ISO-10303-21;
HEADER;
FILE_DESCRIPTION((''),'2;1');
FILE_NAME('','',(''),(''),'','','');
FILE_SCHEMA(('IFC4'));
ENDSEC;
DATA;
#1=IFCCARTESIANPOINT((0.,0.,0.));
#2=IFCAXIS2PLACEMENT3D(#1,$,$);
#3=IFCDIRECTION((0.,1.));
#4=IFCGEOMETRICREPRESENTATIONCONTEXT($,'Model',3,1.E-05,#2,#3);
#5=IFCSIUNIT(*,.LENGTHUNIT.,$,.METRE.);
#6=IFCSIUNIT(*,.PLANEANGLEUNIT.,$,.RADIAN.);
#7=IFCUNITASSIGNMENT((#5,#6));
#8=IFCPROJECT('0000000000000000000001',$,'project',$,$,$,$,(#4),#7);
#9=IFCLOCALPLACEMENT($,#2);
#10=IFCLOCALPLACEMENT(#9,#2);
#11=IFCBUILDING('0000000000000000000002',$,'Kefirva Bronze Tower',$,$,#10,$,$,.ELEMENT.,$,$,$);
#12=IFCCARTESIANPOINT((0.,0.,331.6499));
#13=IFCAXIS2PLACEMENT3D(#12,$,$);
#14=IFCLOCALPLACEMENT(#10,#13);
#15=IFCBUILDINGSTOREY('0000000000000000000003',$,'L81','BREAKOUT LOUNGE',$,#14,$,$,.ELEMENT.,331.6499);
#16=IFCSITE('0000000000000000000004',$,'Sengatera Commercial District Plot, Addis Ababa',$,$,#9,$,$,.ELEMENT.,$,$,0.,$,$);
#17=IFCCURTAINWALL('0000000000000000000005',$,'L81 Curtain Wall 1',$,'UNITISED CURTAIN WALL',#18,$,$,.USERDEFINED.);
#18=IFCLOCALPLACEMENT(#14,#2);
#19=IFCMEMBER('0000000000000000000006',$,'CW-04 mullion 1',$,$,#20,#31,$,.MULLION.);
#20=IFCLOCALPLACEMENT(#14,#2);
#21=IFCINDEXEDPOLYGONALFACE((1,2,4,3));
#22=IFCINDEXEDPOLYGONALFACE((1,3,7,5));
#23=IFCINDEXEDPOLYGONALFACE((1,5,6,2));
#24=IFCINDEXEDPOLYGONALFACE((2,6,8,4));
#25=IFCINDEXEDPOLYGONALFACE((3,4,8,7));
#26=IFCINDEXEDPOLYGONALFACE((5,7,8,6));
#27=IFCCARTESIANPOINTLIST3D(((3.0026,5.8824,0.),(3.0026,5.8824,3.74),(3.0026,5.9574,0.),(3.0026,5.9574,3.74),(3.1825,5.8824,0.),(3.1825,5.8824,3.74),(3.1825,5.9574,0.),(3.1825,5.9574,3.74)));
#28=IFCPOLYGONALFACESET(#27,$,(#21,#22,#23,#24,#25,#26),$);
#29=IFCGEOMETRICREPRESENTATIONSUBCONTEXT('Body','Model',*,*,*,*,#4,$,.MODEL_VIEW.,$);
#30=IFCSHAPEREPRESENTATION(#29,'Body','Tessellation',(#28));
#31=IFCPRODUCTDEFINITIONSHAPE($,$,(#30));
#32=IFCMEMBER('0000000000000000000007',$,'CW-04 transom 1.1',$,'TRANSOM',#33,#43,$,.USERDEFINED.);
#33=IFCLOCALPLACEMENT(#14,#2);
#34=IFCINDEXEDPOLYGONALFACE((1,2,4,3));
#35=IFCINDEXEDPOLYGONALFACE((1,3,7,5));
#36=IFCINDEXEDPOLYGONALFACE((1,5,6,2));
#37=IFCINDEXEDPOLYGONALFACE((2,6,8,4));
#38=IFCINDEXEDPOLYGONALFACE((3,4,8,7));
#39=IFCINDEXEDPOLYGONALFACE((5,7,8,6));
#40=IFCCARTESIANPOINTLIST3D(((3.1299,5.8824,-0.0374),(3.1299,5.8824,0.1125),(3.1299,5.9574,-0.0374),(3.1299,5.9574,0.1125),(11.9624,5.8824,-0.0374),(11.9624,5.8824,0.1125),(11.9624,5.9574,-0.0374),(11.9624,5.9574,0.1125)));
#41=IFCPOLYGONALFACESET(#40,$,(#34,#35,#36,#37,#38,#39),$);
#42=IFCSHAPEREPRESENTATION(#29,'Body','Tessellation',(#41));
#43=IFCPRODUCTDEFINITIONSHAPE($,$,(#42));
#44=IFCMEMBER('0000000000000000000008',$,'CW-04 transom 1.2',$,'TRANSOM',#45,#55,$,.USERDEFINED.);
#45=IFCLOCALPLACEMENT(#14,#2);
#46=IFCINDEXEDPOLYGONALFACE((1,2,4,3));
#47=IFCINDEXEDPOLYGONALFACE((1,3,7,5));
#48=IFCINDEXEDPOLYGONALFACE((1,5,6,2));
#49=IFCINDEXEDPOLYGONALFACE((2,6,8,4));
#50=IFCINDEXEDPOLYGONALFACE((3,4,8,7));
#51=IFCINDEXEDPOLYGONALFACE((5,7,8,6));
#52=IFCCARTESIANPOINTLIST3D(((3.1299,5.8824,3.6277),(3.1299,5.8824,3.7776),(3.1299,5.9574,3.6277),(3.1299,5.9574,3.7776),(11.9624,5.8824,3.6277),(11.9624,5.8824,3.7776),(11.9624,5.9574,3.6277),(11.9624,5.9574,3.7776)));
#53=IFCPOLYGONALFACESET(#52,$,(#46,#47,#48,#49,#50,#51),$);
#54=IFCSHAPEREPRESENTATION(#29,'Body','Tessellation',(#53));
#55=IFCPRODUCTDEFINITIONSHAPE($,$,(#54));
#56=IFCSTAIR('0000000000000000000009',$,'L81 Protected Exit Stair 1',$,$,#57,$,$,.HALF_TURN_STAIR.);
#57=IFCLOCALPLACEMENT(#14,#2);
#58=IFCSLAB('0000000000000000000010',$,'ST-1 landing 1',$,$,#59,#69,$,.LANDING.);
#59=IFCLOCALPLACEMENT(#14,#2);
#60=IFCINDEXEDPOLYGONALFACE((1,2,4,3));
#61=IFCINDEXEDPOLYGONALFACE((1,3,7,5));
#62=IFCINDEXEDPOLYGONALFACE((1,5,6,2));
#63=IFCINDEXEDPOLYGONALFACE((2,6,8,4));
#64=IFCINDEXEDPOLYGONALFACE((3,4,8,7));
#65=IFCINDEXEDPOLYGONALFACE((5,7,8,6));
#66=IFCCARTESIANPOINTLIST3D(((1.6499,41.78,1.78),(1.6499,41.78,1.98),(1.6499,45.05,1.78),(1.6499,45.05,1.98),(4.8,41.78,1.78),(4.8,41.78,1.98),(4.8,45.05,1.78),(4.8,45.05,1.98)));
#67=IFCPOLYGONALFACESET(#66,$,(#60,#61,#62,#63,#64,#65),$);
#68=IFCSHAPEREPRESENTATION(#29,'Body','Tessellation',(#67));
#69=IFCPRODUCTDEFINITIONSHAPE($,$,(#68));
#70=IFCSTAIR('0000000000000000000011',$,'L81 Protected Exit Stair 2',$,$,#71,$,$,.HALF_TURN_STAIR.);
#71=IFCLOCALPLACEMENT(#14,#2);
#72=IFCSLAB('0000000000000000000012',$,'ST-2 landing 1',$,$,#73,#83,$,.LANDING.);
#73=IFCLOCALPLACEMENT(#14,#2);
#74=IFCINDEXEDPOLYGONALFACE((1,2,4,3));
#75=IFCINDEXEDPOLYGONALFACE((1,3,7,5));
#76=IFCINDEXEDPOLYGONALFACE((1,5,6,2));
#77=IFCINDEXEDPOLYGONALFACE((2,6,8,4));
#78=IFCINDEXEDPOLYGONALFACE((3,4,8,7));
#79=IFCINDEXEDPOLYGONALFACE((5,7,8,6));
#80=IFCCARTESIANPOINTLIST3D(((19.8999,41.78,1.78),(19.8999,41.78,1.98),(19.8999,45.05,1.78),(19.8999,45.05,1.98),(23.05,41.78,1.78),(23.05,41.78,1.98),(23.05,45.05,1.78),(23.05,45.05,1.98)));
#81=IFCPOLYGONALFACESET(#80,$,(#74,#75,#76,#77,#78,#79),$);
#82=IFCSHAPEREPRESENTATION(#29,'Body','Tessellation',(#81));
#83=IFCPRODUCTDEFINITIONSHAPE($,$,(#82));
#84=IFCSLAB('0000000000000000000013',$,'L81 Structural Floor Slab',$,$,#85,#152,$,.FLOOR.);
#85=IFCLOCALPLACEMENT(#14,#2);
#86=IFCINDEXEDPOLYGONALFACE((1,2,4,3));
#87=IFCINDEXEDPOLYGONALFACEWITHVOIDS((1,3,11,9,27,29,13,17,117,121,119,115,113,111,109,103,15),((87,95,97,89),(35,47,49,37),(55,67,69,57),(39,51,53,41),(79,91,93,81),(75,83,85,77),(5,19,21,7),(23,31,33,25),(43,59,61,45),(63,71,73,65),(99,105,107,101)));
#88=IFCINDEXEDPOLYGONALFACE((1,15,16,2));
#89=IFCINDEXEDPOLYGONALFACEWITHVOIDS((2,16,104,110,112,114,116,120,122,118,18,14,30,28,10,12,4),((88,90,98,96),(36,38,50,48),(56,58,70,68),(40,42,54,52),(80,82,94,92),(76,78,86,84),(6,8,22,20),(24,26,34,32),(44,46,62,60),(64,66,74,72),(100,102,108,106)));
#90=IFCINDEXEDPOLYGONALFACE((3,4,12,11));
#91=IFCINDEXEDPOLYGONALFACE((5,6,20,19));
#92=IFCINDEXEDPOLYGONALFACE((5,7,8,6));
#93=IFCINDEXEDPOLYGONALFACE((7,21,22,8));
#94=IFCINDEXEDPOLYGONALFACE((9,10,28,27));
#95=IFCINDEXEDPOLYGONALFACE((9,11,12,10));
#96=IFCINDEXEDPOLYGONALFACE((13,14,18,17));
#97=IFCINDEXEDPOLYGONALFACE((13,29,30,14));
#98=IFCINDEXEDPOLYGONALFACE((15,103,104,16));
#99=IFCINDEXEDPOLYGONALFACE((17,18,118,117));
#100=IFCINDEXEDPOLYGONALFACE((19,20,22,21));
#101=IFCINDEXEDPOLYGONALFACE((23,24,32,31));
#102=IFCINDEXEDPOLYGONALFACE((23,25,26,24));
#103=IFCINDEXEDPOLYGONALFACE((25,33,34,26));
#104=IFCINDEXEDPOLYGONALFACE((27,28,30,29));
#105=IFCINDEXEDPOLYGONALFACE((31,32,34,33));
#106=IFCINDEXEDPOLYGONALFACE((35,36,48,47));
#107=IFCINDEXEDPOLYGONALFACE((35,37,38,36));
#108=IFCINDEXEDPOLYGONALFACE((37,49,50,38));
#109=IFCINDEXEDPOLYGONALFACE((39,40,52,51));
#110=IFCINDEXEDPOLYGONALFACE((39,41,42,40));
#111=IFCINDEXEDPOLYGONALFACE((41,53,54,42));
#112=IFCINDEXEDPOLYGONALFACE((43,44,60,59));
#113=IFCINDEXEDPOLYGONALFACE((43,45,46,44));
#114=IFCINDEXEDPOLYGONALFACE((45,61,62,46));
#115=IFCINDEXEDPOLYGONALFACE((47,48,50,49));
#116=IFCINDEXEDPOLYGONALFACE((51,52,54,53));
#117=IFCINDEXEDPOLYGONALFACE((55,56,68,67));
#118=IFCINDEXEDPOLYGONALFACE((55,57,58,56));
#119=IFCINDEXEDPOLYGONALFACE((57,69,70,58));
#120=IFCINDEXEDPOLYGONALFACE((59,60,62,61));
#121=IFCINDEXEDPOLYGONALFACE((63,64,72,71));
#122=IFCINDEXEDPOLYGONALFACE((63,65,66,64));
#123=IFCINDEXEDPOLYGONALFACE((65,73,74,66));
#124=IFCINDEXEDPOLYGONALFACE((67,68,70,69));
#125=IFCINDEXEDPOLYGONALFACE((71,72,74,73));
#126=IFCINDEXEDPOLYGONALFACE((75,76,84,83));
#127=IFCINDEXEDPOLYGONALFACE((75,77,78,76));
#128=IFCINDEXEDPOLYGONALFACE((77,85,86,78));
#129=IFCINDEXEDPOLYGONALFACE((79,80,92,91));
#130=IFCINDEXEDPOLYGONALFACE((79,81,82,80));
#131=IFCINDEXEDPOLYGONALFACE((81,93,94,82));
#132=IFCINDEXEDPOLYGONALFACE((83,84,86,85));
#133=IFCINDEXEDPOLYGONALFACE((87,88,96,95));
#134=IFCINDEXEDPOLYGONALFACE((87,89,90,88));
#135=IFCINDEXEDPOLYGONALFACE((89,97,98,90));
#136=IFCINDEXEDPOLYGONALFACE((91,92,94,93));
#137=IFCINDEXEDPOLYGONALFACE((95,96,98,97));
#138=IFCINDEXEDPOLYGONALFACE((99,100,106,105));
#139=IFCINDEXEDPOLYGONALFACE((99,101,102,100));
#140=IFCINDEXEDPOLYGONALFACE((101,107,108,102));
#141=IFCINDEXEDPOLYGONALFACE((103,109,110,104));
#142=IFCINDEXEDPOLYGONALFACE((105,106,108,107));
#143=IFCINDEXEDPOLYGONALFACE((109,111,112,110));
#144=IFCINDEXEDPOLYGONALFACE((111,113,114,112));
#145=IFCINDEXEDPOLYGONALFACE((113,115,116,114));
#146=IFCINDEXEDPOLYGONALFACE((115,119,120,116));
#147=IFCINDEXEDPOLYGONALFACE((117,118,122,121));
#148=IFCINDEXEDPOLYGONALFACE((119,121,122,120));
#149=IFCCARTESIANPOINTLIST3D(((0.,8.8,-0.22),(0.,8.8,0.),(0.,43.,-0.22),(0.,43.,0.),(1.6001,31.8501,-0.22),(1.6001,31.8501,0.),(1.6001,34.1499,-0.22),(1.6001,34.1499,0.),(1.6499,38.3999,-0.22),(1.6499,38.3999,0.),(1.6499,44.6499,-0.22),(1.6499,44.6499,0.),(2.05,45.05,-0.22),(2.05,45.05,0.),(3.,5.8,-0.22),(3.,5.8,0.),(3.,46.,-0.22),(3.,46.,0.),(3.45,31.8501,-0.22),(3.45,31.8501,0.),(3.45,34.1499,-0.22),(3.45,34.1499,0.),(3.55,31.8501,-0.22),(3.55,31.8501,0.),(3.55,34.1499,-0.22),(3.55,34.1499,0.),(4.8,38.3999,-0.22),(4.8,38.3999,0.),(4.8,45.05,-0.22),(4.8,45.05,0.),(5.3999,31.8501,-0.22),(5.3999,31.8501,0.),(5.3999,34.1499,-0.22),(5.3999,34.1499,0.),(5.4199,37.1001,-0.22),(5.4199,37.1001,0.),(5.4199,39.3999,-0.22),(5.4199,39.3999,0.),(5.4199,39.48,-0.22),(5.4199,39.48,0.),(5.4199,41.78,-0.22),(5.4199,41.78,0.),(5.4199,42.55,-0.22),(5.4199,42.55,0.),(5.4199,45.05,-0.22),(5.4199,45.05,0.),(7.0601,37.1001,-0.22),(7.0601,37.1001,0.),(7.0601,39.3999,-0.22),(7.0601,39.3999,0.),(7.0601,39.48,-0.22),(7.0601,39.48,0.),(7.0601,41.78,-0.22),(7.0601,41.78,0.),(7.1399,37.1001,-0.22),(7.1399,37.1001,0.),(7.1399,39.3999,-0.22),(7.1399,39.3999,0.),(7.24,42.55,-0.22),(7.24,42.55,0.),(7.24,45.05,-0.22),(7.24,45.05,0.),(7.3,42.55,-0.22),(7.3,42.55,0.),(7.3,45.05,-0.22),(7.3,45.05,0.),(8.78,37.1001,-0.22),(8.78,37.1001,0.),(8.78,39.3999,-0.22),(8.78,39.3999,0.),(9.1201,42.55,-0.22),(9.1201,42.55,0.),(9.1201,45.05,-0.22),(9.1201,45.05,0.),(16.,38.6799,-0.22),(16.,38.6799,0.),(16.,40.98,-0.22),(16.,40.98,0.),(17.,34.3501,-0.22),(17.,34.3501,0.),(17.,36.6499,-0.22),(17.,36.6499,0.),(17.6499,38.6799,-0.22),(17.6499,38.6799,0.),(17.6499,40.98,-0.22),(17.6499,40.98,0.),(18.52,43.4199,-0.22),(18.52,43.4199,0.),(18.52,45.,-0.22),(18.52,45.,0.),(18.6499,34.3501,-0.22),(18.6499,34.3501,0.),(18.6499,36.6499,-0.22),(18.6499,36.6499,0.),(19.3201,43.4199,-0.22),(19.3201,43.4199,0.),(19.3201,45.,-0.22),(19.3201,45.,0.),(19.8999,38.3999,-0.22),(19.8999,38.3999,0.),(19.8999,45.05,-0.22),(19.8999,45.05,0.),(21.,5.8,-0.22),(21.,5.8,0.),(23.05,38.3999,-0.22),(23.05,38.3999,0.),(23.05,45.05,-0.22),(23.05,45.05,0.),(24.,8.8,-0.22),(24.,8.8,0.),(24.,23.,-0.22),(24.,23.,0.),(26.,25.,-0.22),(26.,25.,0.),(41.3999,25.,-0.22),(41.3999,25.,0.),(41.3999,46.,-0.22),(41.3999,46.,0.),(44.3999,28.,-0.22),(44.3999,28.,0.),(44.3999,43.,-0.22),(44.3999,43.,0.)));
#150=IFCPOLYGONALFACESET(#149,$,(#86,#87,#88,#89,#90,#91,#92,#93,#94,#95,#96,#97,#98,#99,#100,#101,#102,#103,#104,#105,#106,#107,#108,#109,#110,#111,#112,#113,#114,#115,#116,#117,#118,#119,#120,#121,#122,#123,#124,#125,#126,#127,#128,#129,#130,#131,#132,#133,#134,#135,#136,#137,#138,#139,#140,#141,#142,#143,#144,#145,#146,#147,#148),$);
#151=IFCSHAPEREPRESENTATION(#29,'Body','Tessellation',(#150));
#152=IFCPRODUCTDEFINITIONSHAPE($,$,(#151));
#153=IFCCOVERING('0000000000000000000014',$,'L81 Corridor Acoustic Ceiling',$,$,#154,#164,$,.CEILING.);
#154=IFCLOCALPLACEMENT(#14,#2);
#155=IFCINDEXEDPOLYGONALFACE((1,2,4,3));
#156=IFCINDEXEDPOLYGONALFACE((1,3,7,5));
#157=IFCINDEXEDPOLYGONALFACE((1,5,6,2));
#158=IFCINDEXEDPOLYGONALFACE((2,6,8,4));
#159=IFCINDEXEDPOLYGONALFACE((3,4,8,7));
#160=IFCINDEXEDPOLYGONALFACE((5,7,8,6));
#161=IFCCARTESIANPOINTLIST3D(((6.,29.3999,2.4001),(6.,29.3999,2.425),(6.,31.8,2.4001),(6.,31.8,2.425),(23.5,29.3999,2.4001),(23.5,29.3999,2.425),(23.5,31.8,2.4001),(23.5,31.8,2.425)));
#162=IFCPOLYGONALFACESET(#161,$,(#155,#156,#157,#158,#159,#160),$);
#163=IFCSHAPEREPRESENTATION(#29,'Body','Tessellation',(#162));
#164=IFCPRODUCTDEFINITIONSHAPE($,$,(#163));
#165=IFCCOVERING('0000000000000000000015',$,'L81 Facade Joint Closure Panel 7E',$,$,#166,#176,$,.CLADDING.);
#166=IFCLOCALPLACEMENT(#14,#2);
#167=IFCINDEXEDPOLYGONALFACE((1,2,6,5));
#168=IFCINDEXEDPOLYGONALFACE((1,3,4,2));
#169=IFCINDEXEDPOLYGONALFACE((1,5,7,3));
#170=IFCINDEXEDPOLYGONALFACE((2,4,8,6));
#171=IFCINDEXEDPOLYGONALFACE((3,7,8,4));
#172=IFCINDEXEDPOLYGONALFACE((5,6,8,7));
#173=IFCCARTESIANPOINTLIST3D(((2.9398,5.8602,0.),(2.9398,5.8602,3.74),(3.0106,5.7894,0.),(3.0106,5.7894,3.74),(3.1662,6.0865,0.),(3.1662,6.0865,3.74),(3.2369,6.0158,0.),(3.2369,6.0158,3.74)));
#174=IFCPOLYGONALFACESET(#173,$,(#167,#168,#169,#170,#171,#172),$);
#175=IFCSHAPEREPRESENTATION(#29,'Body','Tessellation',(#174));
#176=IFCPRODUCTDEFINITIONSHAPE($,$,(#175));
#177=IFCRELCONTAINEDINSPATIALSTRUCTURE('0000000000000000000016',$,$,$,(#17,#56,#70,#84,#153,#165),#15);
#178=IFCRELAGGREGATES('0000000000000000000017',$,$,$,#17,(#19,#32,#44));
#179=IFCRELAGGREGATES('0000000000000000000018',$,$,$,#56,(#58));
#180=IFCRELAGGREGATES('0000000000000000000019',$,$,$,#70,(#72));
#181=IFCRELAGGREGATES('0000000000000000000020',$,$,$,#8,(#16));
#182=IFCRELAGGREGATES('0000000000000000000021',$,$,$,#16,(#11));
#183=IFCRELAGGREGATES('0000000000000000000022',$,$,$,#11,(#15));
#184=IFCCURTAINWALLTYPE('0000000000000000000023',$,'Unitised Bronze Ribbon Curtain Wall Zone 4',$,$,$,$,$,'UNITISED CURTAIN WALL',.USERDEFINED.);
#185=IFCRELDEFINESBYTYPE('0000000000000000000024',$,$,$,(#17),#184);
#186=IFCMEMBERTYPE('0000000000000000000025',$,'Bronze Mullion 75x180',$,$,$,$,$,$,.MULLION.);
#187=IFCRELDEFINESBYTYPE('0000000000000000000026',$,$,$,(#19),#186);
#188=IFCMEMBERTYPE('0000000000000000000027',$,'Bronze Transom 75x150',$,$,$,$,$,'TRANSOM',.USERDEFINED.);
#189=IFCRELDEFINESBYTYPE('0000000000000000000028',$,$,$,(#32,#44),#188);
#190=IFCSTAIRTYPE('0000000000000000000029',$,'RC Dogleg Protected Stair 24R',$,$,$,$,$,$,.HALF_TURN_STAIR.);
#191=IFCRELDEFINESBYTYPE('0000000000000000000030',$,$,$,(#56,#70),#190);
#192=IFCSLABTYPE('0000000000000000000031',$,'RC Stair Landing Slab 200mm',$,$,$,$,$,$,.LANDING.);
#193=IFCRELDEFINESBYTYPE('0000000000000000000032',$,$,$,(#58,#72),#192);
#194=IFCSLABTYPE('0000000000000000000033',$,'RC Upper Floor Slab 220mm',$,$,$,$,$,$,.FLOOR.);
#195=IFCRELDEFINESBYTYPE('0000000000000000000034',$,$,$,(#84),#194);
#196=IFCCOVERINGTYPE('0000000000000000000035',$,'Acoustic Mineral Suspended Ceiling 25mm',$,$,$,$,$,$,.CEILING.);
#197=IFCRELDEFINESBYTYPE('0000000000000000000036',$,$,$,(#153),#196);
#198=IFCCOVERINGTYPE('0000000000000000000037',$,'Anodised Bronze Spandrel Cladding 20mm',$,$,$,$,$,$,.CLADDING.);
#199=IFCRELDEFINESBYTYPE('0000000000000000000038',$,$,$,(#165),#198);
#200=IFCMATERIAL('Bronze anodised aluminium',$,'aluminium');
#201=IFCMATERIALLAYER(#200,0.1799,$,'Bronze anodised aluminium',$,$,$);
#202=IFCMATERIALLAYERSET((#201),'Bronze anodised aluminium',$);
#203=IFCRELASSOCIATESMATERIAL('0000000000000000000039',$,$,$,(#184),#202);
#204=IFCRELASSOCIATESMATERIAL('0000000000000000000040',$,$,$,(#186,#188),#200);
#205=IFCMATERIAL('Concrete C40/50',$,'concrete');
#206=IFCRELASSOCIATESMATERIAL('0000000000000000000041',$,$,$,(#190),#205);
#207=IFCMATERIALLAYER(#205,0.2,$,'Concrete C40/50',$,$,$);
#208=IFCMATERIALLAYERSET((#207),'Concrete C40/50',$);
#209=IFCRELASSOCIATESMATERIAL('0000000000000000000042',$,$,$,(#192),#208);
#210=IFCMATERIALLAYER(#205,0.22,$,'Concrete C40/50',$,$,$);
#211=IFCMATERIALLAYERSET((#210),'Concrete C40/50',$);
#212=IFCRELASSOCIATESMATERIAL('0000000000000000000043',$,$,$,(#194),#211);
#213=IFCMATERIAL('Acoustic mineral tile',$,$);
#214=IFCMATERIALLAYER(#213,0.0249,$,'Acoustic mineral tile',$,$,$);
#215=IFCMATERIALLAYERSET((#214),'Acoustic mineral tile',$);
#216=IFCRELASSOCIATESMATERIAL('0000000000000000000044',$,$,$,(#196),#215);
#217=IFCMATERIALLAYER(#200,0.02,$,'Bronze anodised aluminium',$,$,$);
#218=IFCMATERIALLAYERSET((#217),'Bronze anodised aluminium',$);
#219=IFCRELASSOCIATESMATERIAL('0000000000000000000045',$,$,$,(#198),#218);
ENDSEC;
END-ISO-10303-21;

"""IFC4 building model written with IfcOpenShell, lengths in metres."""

from ifc_helpers import new_model, si_unit, direction, frame, origin, origin_2d, place, context, subcontext, project, spatial, polyline, rectangle, outline, extrude, material, layer, layer_set, material_profile, profile_set, type_object, element, aggregate, save


model = new_model("IFC4")

# Units and contexts
model_context = context("Model", 3, precision=1e-05, world=origin(), true_north=direction((0.0, 1.0)))
body_context = subcontext(model_context, "Body", "Model", "MODEL_VIEW")
ifc_project = project(units=[si_unit("LENGTHUNIT", "METRE"), si_unit("PLANEANGLEUNIT", "RADIAN")], contexts=[model_context])

# Site, building, storey
site_placement = place(None, origin())
site = spatial("IfcSite", under=ifc_project, at=site_placement, Name="Sengatera Commercial District Plot, Addis Ababa", CompositionType="ELEMENT", RefElevation=0.0)
building_placement = place(site_placement, origin())
building = spatial("IfcBuilding", under=site, at=building_placement, Name="Kefirva Bronze Tower", CompositionType="ELEMENT")
storey_placement = place(building_placement, frame((0.0, 0.0, 331.6499)))
storey = spatial("IfcBuildingStorey", under=building, at=storey_placement, Name="L81", Description="BREAKOUT LOUNGE", CompositionType="ELEMENT", Elevation=331.6499)

# Curtain wall, members
ifc_material_1 = material(Name="Bronze anodised aluminium", Category="aluminium")
ifc_layer_1 = layer(ifc_material_1, 0.1799, Name="Bronze anodised aluminium")
ifc_layer_set_1 = layer_set([ifc_layer_1], Name="Bronze anodised aluminium")
curtain_wall_type = type_object("IfcCurtainWallType", Name="Unitised Bronze Ribbon Curtain Wall Zone 4", ElementType="UNITISED CURTAIN WALL", PredefinedType="USERDEFINED", material=ifc_layer_set_1)
curtain_wall_placement = place(storey_placement, origin())
curtain_wall = element("IfcCurtainWall", 1, at=curtain_wall_placement, inside=storey, type_object=curtain_wall_type, Name="L81 Curtain Wall 1", ObjectType="UNITISED CURTAIN WALL", PredefinedType="USERDEFINED")
ifc_material_profile_1 = material_profile(ifc_material_1, rectangle(XDim=0.075, YDim=0.1799, at=origin_2d()), Name="ALU 75x180")
ifc_profile_set_1 = profile_set([ifc_material_profile_1], Name="Bronze anodised aluminium")
member_type_1 = type_object("IfcMemberType", Name="Bronze Mullion 75x180", PredefinedType="MULLION", material=ifc_profile_set_1)
member_1_placement = place(storey_placement, frame((3.0925, 5.9199, 0.0), z_axis=(0.0, 0.0, 1.0), x_axis=(0.0, 1.0, 0.0)))
member_1 = element("IfcMember", 2, at=member_1_placement, type_object=member_type_1, Name="CW-04 mullion 1", PredefinedType="MULLION", context=body_context, shape_type="SweptSolid", body=[
    extrude(rectangle(XDim=0.075, YDim=0.1799, at=origin_2d()), origin(), (0.0, 0.0, 1.0), 3.74),
])
ifc_material_profile_2 = material_profile(ifc_material_1, rectangle(XDim=0.075, YDim=0.1499, at=origin_2d()), Name="ALU 75x150")
ifc_profile_set_2 = profile_set([ifc_material_profile_2], Name="Bronze anodised aluminium")
member_type_2 = type_object("IfcMemberType", Name="Bronze Transom 75x150", ElementType="TRANSOM", PredefinedType="USERDEFINED", material=ifc_profile_set_2)
member_2_placement = place(storey_placement, frame((3.1299, 5.9199, 0.0376), z_axis=(1.0, 0.0, 0.0), x_axis=(0.0, 1.0, 0.0)))
member_2 = element("IfcMember", 3, at=member_2_placement, type_object=member_type_2, Name="CW-04 transom 1.1", ObjectType="TRANSOM", PredefinedType="USERDEFINED", context=body_context, shape_type="SweptSolid", body=[
    extrude(rectangle(XDim=0.075, YDim=0.1499, at=origin_2d()), origin(), (0.0, 0.0, 1.0), 8.8325),
])
member_3_placement = place(storey_placement, frame((3.1299, 5.9199, 3.7026), z_axis=(1.0, 0.0, 0.0), x_axis=(0.0, 1.0, 0.0)))
member_3 = element("IfcMember", 4, at=member_3_placement, type_object=member_type_2, Name="CW-04 transom 1.2", ObjectType="TRANSOM", PredefinedType="USERDEFINED", context=body_context, shape_type="SweptSolid", body=[
    extrude(rectangle(XDim=0.075, YDim=0.1499, at=origin_2d()), origin(), (0.0, 0.0, 1.0), 8.8325),
])
aggregate(curtain_wall, [member_1, member_2, member_3])

# Stairs, slabs
ifc_material_2 = material(Name="Concrete C40/50", Category="concrete")
stair_type = type_object("IfcStairType", Name="RC Dogleg Protected Stair 24R", PredefinedType="HALF_TURN_STAIR", material=ifc_material_2)
stair_1_placement = place(storey_placement, origin())
stair_1 = element("IfcStair", 5, at=stair_1_placement, inside=storey, type_object=stair_type, Name="L81 Protected Exit Stair 1", PredefinedType="HALF_TURN_STAIR")
ifc_layer_2 = layer(ifc_material_2, 0.2, Name="Concrete C40/50")
ifc_layer_set_2 = layer_set([ifc_layer_2], Name="Concrete C40/50")
slab_type_1 = type_object("IfcSlabType", Name="RC Stair Landing Slab 200mm", PredefinedType="LANDING", material=ifc_layer_set_2)
slab_1_placement = place(storey_placement, frame((0.0, 0.0, 1.78)))
slab_1 = element("IfcSlab", 6, at=slab_1_placement, type_object=slab_type_1, Name="ST-1 landing 1", PredefinedType="LANDING", context=body_context, shape_type="SweptSolid", body=[
    extrude(outline(polyline([(4.8, 41.78), (4.8, 45.05), (1.6499, 45.05), (1.6499, 41.78), (4.8, 41.78)])), origin(), (0.0, 0.0, 1.0), 0.2),
])
aggregate(stair_1, [slab_1])
stair_2_placement = place(storey_placement, origin())
stair_2 = element("IfcStair", 7, at=stair_2_placement, inside=storey, type_object=stair_type, Name="L81 Protected Exit Stair 2", PredefinedType="HALF_TURN_STAIR")
slab_2_placement = place(storey_placement, frame((0.0, 0.0, 1.78)))
slab_2 = element("IfcSlab", 8, at=slab_2_placement, type_object=slab_type_1, Name="ST-2 landing 1", PredefinedType="LANDING", context=body_context, shape_type="SweptSolid", body=[
    extrude(outline(polyline([(23.05, 41.78), (23.05, 45.05), (19.8999, 45.05), (19.8999, 41.78), (23.05, 41.78)])), origin(), (0.0, 0.0, 1.0), 0.2),
])
aggregate(stair_2, [slab_2])

# Slab
ifc_layer_3 = layer(ifc_material_2, 0.22, Name="Concrete C40/50")
ifc_layer_set_3 = layer_set([ifc_layer_3], Name="Concrete C40/50")
slab_type_2 = type_object("IfcSlabType", Name="RC Upper Floor Slab 220mm", PredefinedType="FLOOR", material=ifc_layer_set_3)
slab_3_placement = place(storey_placement, frame((0.0, 0.0, -0.22)))
element("IfcSlab", 9, at=slab_3_placement, inside=storey, type_object=slab_type_2, Name="L81 Structural Floor Slab", PredefinedType="FLOOR", context=body_context, shape_type="SweptSolid", body=[
    extrude(outline(polyline([(0.0, 8.8), (0.0, 43.0), (1.6499, 44.6499), (1.6499, 38.3999), (4.8, 38.3999), (4.8, 45.05), (2.05, 45.05), (3.0, 46.0), (41.3999, 46.0), (44.3999, 43.0), (44.3999, 28.0), (41.3999, 25.0), (26.0, 25.0), (24.0, 23.0), (24.0, 8.8), (21.0, 5.8), (3.0, 5.8), (0.0, 8.8)]), holes=[polyline([(23.05, 45.05), (19.8999, 45.05), (19.8999, 38.3999), (23.05, 38.3999), (23.05, 45.05)]), polyline([(19.3201, 43.4199), (19.3201, 45.0), (18.52, 45.0), (18.52, 43.4199), (19.3201, 43.4199)]), polyline([(18.6499, 36.6499), (17.0, 36.6499), (17.0, 34.3501), (18.6499, 34.3501), (18.6499, 36.6499)]), polyline([(17.6499, 38.6799), (17.6499, 40.98), (16.0, 40.98), (16.0, 38.6799), (17.6499, 38.6799)]), polyline([(9.1201, 42.55), (9.1201, 45.05), (7.3, 45.05), (7.3, 42.55), (9.1201, 42.55)]), polyline([(8.78, 37.1001), (8.78, 39.3999), (7.1399, 39.3999), (7.1399, 37.1001), (8.78, 37.1001)]), polyline([(7.24, 42.55), (7.24, 45.05), (5.4199, 45.05), (5.4199, 42.55), (7.24, 42.55)]), polyline([(7.0601, 37.1001), (7.0601, 39.3999), (5.4199, 39.3999), (5.4199, 37.1001), (7.0601, 37.1001)]), polyline([(7.0601, 41.78), (5.4199, 41.78), (5.4199, 39.48), (7.0601, 39.48), (7.0601, 41.78)]), polyline([(5.3999, 31.8501), (5.3999, 34.1499), (3.55, 34.1499), (3.55, 31.8501), (5.3999, 31.8501)]), polyline([(3.45, 34.1499), (1.6001, 34.1499), (1.6001, 31.8501), (3.45, 31.8501), (3.45, 34.1499)])]), origin(), (0.0, 0.0, 1.0), 0.22),
])

# Coverings
ifc_material_3 = material(Name="Acoustic mineral tile")
ifc_layer_4 = layer(ifc_material_3, 0.0249, Name="Acoustic mineral tile")
ifc_layer_set_4 = layer_set([ifc_layer_4], Name="Acoustic mineral tile")
covering_type_1 = type_object("IfcCoveringType", Name="Acoustic Mineral Suspended Ceiling 25mm", PredefinedType="CEILING", material=ifc_layer_set_4)
covering_1_placement = place(storey_placement, frame((0.0, 0.0, 2.4001)))
element("IfcCovering", 10, at=covering_1_placement, inside=storey, type_object=covering_type_1, Name="L81 Corridor Acoustic Ceiling", PredefinedType="CEILING", context=body_context, shape_type="SweptSolid", body=[
    extrude(outline(polyline([(6.0, 29.3999), (23.5, 29.3999), (23.5, 31.8), (6.0, 31.8), (6.0, 29.3999)])), origin(), (0.0, 0.0, 1.0), 0.0249),
])
ifc_layer_5 = layer(ifc_material_1, 0.02, Name="Bronze anodised aluminium")
ifc_layer_set_5 = layer_set([ifc_layer_5], Name="Bronze anodised aluminium")
covering_type_2 = type_object("IfcCoveringType", Name="Anodised Bronze Spandrel Cladding 20mm", PredefinedType="CLADDING", material=ifc_layer_set_5)
covering_2_placement = place(storey_placement, frame((3.0884, 5.938, 0.0), z_axis=(0.0, 0.0, 1.0), x_axis=(0.707107, -0.707107, 0.0)))
element("IfcCovering", 11, at=covering_2_placement, inside=storey, type_object=covering_type_2, Name="L81 Facade Joint Closure Panel 7E", PredefinedType="CLADDING", context=body_context, shape_type="SweptSolid", body=[
    extrude(rectangle(XDim=0.1001, YDim=0.3201, at=origin_2d()), origin(), (0.0, 0.0, 1.0), 3.74),
])

save(model, "model.ifc")
